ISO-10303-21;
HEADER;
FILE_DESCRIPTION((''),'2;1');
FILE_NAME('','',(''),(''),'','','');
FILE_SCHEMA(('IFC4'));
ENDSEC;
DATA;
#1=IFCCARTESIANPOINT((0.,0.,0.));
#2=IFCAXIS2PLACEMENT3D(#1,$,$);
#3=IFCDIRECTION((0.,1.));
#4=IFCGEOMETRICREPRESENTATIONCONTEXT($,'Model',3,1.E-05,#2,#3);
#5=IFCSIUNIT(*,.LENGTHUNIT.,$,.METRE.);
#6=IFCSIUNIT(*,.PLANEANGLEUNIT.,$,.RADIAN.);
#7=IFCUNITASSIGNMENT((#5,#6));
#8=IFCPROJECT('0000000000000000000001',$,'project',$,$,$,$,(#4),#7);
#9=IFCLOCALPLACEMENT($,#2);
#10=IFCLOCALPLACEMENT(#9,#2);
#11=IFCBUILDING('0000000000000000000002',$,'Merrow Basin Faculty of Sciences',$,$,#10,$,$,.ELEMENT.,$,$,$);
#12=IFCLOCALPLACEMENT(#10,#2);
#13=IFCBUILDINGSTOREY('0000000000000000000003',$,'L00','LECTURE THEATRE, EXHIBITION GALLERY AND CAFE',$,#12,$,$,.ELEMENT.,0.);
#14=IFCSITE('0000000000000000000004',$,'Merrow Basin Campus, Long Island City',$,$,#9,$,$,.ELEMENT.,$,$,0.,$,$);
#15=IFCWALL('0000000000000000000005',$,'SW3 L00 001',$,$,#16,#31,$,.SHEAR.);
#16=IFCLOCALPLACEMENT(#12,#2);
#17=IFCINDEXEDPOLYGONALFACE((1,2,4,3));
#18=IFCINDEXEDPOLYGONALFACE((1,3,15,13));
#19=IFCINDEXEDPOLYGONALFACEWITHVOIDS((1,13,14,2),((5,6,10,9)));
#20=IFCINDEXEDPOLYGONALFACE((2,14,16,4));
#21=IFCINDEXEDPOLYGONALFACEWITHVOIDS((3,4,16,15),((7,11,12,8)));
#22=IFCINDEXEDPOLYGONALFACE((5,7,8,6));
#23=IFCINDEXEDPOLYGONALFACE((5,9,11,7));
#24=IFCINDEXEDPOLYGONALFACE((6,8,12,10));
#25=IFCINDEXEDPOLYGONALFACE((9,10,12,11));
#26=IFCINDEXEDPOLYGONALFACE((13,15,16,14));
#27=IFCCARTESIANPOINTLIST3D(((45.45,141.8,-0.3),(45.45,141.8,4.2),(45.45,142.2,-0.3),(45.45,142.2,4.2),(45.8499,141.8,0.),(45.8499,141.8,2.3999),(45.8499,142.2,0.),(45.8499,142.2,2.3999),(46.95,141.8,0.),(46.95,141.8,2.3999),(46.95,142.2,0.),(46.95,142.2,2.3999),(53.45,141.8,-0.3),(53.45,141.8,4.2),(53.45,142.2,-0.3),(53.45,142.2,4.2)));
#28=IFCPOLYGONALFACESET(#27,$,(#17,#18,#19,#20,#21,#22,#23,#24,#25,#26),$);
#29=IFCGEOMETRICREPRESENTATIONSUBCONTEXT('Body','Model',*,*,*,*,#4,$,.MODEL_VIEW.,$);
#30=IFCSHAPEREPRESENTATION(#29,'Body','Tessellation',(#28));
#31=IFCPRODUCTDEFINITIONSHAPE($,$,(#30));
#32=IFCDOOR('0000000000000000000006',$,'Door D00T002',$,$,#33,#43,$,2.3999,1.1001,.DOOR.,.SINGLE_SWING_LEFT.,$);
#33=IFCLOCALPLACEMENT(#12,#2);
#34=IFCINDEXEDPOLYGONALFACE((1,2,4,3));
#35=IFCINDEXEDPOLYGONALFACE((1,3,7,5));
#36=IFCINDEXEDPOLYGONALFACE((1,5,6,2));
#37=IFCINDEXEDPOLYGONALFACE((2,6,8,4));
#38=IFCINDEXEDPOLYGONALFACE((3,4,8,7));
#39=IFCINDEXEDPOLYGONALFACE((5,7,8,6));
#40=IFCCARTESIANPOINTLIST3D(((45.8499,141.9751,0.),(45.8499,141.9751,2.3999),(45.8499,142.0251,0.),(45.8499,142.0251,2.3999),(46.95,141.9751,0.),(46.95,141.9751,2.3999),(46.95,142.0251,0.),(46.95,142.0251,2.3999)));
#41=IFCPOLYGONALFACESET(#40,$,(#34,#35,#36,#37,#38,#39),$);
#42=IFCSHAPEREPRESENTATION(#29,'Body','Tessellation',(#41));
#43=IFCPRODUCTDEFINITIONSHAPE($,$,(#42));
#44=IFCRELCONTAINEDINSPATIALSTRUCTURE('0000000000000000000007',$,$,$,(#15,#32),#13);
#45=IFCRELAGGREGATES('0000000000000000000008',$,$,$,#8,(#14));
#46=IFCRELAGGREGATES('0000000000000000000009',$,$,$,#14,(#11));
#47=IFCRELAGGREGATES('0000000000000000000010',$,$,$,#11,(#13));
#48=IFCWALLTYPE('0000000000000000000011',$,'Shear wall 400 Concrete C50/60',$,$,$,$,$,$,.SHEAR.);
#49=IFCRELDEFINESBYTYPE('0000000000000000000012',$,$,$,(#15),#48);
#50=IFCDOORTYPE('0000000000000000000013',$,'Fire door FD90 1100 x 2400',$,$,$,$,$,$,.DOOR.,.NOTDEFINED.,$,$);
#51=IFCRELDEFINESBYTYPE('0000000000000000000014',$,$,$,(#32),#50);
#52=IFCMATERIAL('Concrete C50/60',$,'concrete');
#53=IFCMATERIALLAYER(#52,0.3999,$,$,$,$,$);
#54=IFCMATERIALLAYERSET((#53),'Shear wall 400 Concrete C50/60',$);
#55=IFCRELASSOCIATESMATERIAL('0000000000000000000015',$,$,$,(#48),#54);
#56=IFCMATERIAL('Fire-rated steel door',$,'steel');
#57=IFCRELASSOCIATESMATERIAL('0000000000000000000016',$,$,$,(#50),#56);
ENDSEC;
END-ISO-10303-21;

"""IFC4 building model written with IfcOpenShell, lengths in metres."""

from ifc_helpers import new_model, si_unit, direction, frame, frame_2d, origin, place, context, subcontext, project, spatial, rectangle, extrude, material, layer, layer_set, type_object, element, fill, save


model = new_model("IFC4")

# Units and contexts
model_context = context("Model", 3, precision=1e-05, world=origin(), true_north=direction((0.0, 1.0)))
body_context = subcontext(model_context, "Body", "Model", "MODEL_VIEW")
ifc_project = project(units=[si_unit("LENGTHUNIT", "METRE"), si_unit("PLANEANGLEUNIT", "RADIAN")], contexts=[model_context])

# Site, building, storey
site_placement = place(None, origin())
site = spatial("IfcSite", under=ifc_project, at=site_placement, Name="Merrow Basin Campus, Long Island City", CompositionType="ELEMENT", RefElevation=0.0)
building_placement = place(site_placement, origin())
building = spatial("IfcBuilding", under=site, at=building_placement, Name="Merrow Basin Faculty of Sciences", CompositionType="ELEMENT")
storey_placement = place(building_placement, origin())
storey = spatial("IfcBuildingStorey", under=building, at=storey_placement, Name="L00", Description="LECTURE THEATRE, EXHIBITION GALLERY AND CAFE", CompositionType="ELEMENT", Elevation=0.0)

# Wall, opening, door
ifc_material_1 = material(Name="Concrete C50/60", Category="concrete")
ifc_layer_1 = layer(ifc_material_1, 0.3999)
ifc_layer_set_1 = layer_set([ifc_layer_1], Name="Shear wall 400 Concrete C50/60")
wall_type_1 = type_object("IfcWallType", Name="Shear wall 400 Concrete C50/60", PredefinedType="SHEAR", material=ifc_layer_set_1)
wall_1_placement = place(storey_placement, frame((45.45, 142.0, -0.3), z_axis=(0.0, 0.0, 1.0), x_axis=(1.0, 0.0, 0.0)))
wall_1 = element("IfcWall", 1, at=wall_1_placement, inside=storey, type_object=wall_type_1, Name="SW3 L00 001", PredefinedType="SHEAR", context=body_context, shape_type="SweptSolid", body=[
    extrude(rectangle(XDim=8.0, YDim=0.3999, at=frame_2d((4.0, 0.0))), origin(), (0.0, 0.0, 1.0), 4.5),
])
opening_1_placement = place(wall_1_placement, frame((0.3999, 0.0, 0.3)))
opening_1 = element("IfcOpeningElement", 2, at=opening_1_placement, cuts=wall_1, PredefinedType="OPENING", context=body_context, shape_type="SweptSolid", body=[
    extrude(rectangle(XDim=1.1001, YDim=2.3999, at=frame_2d((0.55, 1.2))), frame((0.0, 0.21, 0.0), z_axis=(0.0, -1.0, 0.0), x_axis=(1.0, 0.0, 0.0)), (0.0, 0.0, 1.0), 0.4199),
])
ifc_material_2 = material(Name="Fire-rated steel door", Category="steel")
door_type_1 = type_object("IfcDoorType", Name="Fire door FD90 1100 x 2400", OperationType="NOTDEFINED", PredefinedType="DOOR", material=ifc_material_2)
door_1_placement = place(opening_1_placement, frame((1.1001, 0.0, 0.0), z_axis=(0.0, 0.0, 1.0), x_axis=(-1.0, 0.0, 0.0)))
door_1 = element("IfcDoor", 3, at=door_1_placement, inside=storey, type_object=door_type_1, Name="Door D00T002", OperationType="SINGLE_SWING_LEFT", OverallHeight=2.3999, OverallWidth=1.1001, PredefinedType="DOOR", context=body_context, shape_type="SweptSolid", body=[
    extrude(rectangle(XDim=1.1001, YDim=2.3999, at=frame_2d((0.55, 1.2))), frame((0.0, 0.0249, 0.0), z_axis=(0.0, -1.0, 0.0), x_axis=(1.0, 0.0, 0.0)), (0.0, 0.0, 1.0), 0.05),
])
fill(opening_1, door_1)

save(model, "model.ifc")
